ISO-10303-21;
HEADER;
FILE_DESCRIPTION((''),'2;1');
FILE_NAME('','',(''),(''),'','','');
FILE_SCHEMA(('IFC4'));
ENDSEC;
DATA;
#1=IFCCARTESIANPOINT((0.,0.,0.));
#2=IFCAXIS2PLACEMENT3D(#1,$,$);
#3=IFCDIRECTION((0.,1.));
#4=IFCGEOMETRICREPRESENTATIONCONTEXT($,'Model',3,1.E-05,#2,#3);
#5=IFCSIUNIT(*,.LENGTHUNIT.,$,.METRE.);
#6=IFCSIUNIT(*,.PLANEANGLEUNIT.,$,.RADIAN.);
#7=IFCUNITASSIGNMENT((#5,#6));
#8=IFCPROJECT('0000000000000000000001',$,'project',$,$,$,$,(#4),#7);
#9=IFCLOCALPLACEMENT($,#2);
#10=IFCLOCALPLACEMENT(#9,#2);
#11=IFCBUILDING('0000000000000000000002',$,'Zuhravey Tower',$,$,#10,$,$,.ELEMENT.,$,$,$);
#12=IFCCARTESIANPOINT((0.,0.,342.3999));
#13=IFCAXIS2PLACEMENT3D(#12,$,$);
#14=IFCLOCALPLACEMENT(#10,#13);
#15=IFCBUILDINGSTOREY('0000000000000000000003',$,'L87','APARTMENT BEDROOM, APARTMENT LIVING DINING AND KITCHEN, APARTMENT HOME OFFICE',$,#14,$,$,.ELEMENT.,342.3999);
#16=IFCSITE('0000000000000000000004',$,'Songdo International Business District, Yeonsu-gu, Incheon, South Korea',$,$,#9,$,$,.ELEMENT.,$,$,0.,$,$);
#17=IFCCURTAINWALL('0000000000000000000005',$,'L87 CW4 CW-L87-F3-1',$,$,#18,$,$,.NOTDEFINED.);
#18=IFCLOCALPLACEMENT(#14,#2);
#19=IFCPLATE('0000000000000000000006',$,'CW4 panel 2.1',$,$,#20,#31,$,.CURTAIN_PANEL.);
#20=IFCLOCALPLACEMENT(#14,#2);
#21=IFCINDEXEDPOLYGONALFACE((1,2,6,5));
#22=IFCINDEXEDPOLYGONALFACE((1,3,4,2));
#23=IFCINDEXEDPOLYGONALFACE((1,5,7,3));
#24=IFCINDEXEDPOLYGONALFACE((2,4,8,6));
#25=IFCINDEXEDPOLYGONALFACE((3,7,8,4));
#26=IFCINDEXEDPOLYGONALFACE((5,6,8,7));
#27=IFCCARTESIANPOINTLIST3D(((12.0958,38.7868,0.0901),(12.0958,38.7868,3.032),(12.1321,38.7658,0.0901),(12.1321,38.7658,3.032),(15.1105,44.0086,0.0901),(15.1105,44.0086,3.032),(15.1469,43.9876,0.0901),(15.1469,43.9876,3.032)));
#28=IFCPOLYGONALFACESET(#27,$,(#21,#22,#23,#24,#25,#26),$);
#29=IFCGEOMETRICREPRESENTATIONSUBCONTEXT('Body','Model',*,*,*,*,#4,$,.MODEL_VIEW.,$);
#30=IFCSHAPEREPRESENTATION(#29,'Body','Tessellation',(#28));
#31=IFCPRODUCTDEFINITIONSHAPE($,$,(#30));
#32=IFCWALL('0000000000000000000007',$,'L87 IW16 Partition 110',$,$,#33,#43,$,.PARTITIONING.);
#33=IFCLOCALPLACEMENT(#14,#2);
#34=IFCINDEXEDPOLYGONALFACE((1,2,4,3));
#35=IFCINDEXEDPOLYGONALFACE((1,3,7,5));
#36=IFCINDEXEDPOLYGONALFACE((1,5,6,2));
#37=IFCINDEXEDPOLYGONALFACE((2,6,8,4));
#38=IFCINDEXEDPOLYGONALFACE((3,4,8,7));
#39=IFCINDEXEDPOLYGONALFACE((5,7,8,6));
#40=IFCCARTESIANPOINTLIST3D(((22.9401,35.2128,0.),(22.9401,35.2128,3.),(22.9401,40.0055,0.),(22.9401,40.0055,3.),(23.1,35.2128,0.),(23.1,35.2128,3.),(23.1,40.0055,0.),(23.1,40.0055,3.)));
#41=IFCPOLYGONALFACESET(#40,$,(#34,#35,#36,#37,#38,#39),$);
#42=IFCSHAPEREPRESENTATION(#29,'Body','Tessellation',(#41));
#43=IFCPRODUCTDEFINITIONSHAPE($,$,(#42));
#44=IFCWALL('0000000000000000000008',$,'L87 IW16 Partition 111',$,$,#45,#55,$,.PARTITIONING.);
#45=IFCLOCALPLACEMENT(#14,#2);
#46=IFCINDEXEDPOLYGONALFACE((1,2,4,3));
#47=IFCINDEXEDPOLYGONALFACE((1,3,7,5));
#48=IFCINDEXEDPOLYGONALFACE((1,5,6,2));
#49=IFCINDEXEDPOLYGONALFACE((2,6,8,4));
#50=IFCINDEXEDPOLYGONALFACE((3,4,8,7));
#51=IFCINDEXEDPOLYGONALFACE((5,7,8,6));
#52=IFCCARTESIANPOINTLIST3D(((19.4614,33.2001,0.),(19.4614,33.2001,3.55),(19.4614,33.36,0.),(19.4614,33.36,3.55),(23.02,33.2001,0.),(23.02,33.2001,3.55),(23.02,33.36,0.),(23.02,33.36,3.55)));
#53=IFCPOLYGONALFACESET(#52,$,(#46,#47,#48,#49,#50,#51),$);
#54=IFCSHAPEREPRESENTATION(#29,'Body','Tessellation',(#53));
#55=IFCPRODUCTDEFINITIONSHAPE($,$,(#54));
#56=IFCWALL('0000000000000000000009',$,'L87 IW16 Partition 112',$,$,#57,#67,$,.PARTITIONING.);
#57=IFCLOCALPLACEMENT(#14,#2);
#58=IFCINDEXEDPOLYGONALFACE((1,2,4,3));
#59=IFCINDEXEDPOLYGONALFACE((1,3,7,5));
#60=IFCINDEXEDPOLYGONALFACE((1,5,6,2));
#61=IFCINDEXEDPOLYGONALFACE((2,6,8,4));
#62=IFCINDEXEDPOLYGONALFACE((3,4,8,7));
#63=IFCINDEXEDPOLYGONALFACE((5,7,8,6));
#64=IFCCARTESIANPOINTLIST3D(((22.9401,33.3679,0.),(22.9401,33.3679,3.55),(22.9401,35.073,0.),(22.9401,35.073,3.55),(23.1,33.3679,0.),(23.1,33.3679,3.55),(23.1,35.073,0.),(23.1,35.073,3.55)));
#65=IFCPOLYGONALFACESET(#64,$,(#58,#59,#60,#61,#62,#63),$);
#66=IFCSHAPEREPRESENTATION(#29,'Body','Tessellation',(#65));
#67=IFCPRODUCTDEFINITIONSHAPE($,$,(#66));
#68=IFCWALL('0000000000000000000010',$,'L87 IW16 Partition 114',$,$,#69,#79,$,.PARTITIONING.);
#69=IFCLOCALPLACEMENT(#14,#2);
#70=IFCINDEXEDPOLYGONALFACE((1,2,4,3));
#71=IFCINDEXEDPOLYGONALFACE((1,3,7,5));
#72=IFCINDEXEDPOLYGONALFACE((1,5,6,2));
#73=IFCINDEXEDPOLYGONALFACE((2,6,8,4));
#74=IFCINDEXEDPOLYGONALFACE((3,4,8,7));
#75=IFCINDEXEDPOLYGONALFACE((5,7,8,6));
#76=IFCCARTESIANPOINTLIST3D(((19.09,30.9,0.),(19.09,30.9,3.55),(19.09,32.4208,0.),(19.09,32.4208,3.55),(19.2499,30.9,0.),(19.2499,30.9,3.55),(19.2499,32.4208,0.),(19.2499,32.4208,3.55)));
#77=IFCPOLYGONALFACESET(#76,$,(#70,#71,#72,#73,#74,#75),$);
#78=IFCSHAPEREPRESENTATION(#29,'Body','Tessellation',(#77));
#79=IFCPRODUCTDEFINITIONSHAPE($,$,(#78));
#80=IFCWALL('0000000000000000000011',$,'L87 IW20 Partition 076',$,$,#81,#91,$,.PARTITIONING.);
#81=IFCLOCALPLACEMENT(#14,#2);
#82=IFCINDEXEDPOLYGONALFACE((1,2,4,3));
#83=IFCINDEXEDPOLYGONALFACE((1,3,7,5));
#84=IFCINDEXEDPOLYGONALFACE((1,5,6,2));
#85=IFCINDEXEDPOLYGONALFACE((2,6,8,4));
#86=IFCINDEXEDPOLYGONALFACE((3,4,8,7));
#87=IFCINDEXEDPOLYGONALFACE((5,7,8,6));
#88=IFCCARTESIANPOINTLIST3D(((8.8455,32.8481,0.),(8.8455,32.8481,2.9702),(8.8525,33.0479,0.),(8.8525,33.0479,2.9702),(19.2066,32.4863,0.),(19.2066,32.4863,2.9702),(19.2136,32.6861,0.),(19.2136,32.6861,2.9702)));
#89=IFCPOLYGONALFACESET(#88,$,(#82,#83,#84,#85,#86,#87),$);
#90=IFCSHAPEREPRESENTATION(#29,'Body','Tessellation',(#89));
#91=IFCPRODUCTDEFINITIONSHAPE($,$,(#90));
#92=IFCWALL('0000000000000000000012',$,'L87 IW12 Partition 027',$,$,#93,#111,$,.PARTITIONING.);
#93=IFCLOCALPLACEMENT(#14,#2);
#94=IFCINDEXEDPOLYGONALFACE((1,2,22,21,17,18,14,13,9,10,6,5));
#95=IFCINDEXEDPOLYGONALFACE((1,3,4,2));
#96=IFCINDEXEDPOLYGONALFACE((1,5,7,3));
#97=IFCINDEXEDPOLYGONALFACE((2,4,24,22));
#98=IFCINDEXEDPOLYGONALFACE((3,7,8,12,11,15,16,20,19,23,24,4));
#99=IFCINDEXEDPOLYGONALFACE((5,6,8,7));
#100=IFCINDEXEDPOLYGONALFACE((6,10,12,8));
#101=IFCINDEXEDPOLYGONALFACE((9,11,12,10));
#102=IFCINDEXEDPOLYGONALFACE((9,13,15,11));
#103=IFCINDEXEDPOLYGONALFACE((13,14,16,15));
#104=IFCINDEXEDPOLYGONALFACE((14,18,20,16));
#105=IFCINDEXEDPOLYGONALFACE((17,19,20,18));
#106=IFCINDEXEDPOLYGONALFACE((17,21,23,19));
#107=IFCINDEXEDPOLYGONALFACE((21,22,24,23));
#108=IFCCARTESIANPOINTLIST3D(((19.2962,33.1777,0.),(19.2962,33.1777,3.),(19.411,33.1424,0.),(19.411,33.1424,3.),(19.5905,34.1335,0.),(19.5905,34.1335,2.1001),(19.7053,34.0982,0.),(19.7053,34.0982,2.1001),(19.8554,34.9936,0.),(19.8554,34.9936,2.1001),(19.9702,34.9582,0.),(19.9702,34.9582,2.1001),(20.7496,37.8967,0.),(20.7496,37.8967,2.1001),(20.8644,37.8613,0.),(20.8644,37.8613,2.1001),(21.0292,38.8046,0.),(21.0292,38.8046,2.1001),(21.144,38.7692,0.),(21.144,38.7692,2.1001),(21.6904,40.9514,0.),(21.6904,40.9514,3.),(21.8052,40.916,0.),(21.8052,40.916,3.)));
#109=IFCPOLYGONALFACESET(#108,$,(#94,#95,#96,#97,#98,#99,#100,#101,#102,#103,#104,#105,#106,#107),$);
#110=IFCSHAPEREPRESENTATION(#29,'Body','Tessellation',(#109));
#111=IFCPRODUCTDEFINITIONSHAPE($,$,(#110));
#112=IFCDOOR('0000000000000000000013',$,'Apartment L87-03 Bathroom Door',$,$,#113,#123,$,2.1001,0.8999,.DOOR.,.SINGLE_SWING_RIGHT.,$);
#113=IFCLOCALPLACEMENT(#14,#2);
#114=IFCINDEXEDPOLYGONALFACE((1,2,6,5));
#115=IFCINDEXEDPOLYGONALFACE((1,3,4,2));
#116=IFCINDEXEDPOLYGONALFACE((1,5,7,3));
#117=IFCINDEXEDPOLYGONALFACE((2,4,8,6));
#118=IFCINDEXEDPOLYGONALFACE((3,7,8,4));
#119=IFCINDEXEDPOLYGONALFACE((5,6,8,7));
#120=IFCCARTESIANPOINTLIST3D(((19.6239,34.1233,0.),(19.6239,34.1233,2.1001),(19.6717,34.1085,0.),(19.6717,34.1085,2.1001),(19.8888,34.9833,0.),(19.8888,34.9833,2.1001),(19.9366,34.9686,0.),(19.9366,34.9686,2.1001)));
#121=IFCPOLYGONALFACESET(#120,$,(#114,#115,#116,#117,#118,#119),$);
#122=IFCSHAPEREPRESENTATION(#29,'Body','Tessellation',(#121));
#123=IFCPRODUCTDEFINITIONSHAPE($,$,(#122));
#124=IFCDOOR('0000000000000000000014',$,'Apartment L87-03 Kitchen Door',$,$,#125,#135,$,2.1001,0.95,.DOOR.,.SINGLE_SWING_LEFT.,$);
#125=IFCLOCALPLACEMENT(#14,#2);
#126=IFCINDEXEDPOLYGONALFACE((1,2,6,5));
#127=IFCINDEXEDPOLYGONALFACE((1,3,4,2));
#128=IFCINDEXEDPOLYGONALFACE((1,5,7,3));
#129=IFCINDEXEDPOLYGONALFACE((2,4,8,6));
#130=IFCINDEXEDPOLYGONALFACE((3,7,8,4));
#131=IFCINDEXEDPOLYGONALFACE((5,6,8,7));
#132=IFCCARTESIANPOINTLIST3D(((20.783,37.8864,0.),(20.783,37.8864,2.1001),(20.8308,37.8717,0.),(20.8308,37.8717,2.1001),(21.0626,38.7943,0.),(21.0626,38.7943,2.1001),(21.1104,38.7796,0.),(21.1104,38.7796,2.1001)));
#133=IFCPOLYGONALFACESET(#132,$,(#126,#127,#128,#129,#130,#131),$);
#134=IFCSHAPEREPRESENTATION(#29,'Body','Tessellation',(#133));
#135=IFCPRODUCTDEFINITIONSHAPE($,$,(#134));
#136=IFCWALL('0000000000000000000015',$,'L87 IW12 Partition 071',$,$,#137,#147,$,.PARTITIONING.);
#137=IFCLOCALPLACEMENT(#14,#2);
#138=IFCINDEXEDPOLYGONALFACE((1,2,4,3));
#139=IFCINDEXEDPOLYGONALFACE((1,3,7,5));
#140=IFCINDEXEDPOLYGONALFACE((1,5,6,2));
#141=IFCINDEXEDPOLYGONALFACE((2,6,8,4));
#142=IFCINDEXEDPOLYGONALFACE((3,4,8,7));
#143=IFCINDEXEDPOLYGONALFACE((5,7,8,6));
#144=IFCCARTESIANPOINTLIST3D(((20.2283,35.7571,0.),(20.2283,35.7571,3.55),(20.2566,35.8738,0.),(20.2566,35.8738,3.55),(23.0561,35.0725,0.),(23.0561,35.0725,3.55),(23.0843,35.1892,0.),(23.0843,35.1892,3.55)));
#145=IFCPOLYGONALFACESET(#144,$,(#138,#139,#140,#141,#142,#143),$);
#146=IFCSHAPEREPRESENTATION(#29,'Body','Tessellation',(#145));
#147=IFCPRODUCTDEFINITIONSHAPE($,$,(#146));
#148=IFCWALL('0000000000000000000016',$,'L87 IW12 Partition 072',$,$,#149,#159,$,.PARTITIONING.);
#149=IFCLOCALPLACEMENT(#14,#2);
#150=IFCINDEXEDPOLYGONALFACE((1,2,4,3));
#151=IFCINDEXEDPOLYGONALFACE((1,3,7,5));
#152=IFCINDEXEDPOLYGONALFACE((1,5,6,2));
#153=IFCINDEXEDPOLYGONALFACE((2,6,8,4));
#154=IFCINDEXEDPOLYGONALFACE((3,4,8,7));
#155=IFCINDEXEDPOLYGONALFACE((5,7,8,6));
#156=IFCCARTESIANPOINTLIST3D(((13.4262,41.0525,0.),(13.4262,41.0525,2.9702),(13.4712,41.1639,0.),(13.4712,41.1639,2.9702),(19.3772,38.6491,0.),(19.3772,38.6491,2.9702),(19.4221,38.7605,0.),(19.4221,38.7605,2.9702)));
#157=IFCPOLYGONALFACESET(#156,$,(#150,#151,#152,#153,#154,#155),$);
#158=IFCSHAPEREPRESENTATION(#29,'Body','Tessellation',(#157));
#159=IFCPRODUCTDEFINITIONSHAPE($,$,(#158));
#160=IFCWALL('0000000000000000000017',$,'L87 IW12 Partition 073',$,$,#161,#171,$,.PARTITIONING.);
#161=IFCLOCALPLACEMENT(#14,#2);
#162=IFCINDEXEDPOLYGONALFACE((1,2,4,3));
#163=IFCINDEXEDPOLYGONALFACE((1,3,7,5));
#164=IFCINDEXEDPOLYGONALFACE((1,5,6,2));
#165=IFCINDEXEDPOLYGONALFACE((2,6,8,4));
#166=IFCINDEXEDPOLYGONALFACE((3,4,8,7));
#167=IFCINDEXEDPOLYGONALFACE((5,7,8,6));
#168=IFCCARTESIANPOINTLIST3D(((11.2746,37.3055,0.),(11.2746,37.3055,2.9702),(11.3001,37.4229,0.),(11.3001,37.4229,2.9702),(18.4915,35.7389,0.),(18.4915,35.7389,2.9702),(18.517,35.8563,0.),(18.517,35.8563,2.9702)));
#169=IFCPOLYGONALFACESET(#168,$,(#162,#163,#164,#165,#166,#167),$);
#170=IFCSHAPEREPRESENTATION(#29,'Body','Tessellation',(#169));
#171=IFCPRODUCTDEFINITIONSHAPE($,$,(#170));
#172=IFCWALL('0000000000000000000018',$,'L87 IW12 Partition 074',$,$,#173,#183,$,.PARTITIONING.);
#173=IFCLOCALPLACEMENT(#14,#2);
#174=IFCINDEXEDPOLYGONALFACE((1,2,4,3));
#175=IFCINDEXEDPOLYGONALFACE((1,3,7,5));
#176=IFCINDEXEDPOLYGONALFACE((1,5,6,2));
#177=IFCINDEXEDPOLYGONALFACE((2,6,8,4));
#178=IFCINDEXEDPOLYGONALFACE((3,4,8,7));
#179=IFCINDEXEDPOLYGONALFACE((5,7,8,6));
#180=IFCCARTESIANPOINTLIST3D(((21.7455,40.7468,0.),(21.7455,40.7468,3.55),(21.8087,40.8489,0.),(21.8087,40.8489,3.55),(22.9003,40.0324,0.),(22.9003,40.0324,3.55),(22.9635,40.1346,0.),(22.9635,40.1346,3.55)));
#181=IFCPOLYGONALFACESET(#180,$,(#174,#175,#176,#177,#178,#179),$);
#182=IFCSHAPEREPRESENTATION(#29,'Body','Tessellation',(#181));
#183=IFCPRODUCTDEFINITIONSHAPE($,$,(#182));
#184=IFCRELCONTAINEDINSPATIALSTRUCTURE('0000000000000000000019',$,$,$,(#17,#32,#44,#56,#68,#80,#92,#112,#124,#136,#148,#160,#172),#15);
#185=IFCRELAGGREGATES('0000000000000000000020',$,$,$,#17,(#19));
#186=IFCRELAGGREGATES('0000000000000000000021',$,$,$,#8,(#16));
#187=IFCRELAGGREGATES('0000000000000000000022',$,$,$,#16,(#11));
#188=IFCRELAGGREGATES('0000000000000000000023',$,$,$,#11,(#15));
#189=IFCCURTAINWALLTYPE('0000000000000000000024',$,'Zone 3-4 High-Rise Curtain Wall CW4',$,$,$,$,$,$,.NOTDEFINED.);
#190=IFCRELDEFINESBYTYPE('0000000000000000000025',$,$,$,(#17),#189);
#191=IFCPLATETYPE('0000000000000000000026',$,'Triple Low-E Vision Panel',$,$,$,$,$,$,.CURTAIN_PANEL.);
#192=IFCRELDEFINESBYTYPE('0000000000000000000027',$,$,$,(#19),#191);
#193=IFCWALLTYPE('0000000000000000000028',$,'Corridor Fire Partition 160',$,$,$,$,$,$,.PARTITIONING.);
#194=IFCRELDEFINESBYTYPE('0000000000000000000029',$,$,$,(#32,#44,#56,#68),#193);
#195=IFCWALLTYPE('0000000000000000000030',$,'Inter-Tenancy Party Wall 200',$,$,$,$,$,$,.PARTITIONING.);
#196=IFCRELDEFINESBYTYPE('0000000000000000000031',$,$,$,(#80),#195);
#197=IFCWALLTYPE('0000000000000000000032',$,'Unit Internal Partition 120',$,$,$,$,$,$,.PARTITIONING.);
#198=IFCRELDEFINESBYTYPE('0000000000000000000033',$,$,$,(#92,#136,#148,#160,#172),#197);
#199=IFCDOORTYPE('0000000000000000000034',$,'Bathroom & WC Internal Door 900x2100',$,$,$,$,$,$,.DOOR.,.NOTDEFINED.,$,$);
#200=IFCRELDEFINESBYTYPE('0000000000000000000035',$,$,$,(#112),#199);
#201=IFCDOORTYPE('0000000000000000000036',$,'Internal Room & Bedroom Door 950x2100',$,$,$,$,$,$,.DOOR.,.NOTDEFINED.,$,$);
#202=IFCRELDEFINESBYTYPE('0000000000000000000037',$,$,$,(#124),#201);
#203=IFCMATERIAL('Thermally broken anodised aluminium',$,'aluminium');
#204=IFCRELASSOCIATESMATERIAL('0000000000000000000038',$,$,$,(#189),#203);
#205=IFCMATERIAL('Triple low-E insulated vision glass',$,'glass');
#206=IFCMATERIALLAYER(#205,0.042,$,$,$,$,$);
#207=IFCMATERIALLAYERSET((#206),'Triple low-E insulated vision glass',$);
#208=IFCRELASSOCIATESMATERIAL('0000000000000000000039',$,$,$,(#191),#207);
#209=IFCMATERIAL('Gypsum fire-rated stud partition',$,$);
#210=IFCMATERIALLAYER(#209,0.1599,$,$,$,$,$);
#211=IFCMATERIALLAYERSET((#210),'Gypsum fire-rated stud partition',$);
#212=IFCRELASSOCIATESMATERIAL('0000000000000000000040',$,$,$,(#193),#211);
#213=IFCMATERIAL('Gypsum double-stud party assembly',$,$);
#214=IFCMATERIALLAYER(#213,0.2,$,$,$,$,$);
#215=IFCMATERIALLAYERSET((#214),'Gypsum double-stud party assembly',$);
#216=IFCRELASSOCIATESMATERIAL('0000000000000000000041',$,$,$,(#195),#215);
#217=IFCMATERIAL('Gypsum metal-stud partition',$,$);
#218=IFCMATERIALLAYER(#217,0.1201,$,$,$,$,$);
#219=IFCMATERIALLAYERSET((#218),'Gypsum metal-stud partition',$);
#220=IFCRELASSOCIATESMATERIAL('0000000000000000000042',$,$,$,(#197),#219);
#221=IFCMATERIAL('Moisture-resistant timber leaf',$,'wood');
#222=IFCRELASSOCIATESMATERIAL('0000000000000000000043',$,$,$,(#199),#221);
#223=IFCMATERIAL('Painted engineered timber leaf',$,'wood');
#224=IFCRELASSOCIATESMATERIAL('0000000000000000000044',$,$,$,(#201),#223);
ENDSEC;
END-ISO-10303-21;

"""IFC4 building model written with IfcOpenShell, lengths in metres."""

from ifc_helpers import new_model, si_unit, direction, frame, frame_2d, origin, origin_2d, place, context, subcontext, project, spatial, rectangle, extrude, material, layer, layer_set, type_object, element, fill, aggregate, save


model = new_model("IFC4")

# Units and contexts
model_context = context("Model", 3, precision=1e-05, world=origin(), true_north=direction((0.0, 1.0)))
body_context = subcontext(model_context, "Body", "Model", "MODEL_VIEW")
ifc_project = project(units=[si_unit("LENGTHUNIT", "METRE"), si_unit("PLANEANGLEUNIT", "RADIAN")], contexts=[model_context])

# Site, building, storey
site_placement = place(None, origin())
site = spatial("IfcSite", under=ifc_project, at=site_placement, Name="Songdo International Business District, Yeonsu-gu, Incheon, South Korea", CompositionType="ELEMENT", RefElevation=0.0)
building_placement = place(site_placement, origin())
building = spatial("IfcBuilding", under=site, at=building_placement, Name="Zuhravey Tower", CompositionType="ELEMENT")
storey_placement = place(building_placement, frame((0.0, 0.0, 342.3999)))
storey = spatial("IfcBuildingStorey", under=building, at=storey_placement, Name="L87", Description="APARTMENT BEDROOM, APARTMENT LIVING DINING AND KITCHEN, APARTMENT HOME OFFICE", CompositionType="ELEMENT", Elevation=342.3999)

# Curtain wall
ifc_material_1 = material(Name="Thermally broken anodised aluminium", Category="aluminium")
curtain_wall_type = type_object("IfcCurtainWallType", Name="Zone 3-4 High-Rise Curtain Wall CW4", PredefinedType="NOTDEFINED", material=ifc_material_1)
curtain_wall_placement = place(storey_placement, origin())
curtain_wall = element("IfcCurtainWall", 1, at=curtain_wall_placement, inside=storey, type_object=curtain_wall_type, Name="L87 CW4 CW-L87-F3-1", PredefinedType="NOTDEFINED")

# Plate
ifc_material_2 = material(Name="Triple low-E insulated vision glass", Category="glass")
ifc_layer_1 = layer(ifc_material_2, 0.042)
ifc_layer_set_1 = layer_set([ifc_layer_1], Name="Triple low-E insulated vision glass")
plate_type = type_object("IfcPlateType", Name="Triple Low-E Vision Panel", PredefinedType="CURTAIN_PANEL", material=ifc_layer_set_1)
plate_1_placement = place(storey_placement, frame((13.6213, 41.3872, 0.0901), z_axis=(0.0, 0.0, 1.0), x_axis=(0.5, 0.866026, 0.0)))
plate_1 = element("IfcPlate", 2, at=plate_1_placement, type_object=plate_type, Name="CW4 panel 2.1", PredefinedType="CURTAIN_PANEL", context=body_context, shape_type="SweptSolid", body=[
    extrude(rectangle(XDim=6.0295, YDim=0.042, at=origin_2d()), origin(), (0.0, 0.0, 1.0), 2.9419),
])
aggregate(curtain_wall, [plate_1])

# Walls
ifc_material_3 = material(Name="Gypsum fire-rated stud partition")
ifc_layer_2 = layer(ifc_material_3, 0.1599)
ifc_layer_set_2 = layer_set([ifc_layer_2], Name="Gypsum fire-rated stud partition")
wall_type_1 = type_object("IfcWallType", Name="Corridor Fire Partition 160", PredefinedType="PARTITIONING", material=ifc_layer_set_2)
wall_1_placement = place(storey_placement, frame((23.02, 40.0056, 0.0), z_axis=(0.0, 0.0, 1.0), x_axis=(0.0, -1.0, 0.0)))
element("IfcWall", 3, at=wall_1_placement, inside=storey, type_object=wall_type_1, Name="L87 IW16 Partition 110", PredefinedType="PARTITIONING", context=body_context, shape_type="SweptSolid", body=[
    extrude(rectangle(XDim=4.7927, YDim=0.1599, at=frame_2d((2.3965, 0.0))), origin(), (0.0, 0.0, 1.0), 3.0),
])
wall_2_placement = place(storey_placement, frame((23.02, 33.28, 0.0), z_axis=(0.0, 0.0, 1.0), x_axis=(-1.0, 0.0, 0.0)))
element("IfcWall", 4, at=wall_2_placement, inside=storey, type_object=wall_type_1, Name="L87 IW16 Partition 111", PredefinedType="PARTITIONING", context=body_context, shape_type="SweptSolid", body=[
    extrude(rectangle(XDim=3.5586, YDim=0.1599, at=frame_2d((1.7793, 0.0))), origin(), (0.0, 0.0, 1.0), 3.55),
])
wall_3_placement = place(storey_placement, frame((23.02, 35.073, 0.0), z_axis=(0.0, 0.0, 1.0), x_axis=(0.0, -1.0, 0.0)))
element("IfcWall", 5, at=wall_3_placement, inside=storey, type_object=wall_type_1, Name="L87 IW16 Partition 112", PredefinedType="PARTITIONING", context=body_context, shape_type="SweptSolid", body=[
    extrude(rectangle(XDim=1.7051, YDim=0.1599, at=frame_2d((0.8525, 0.0))), origin(), (0.0, 0.0, 1.0), 3.55),
])
wall_4_placement = place(storey_placement, frame((19.1699, 32.4207, 0.0), z_axis=(0.0, 0.0, 1.0), x_axis=(0.0, -1.0, 0.0)))
element("IfcWall", 6, at=wall_4_placement, inside=storey, type_object=wall_type_1, Name="L87 IW16 Partition 114", PredefinedType="PARTITIONING", context=body_context, shape_type="SweptSolid", body=[
    extrude(rectangle(XDim=1.5208, YDim=0.1599, at=frame_2d((0.7603, 0.0))), origin(), (0.0, 0.0, 1.0), 3.55),
])
ifc_material_4 = material(Name="Gypsum double-stud party assembly")
ifc_layer_3 = layer(ifc_material_4, 0.2)
ifc_layer_set_3 = layer_set([ifc_layer_3], Name="Gypsum double-stud party assembly")
wall_type_2 = type_object("IfcWallType", Name="Inter-Tenancy Party Wall 200", PredefinedType="PARTITIONING", material=ifc_layer_set_3)
wall_5_placement = place(storey_placement, frame((19.21, 32.5862, 0.0), z_axis=(0.0, 0.0, 1.0), x_axis=(-0.999391, 0.034899, 0.0)))
element("IfcWall", 7, at=wall_5_placement, inside=storey, type_object=wall_type_2, Name="L87 IW20 Partition 076", PredefinedType="PARTITIONING", context=body_context, shape_type="SweptSolid", body=[
    extrude(rectangle(XDim=10.3674, YDim=0.2, at=frame_2d((5.1836, 0.0))), origin(), (0.0, 0.0, 1.0), 2.9702),
])

# Wall, openings, doors
ifc_material_5 = material(Name="Gypsum metal-stud partition")
ifc_layer_4 = layer(ifc_material_5, 0.1201)
ifc_layer_set_4 = layer_set([ifc_layer_4], Name="Gypsum metal-stud partition")
wall_type_3 = type_object("IfcWallType", Name="Unit Internal Partition 120", PredefinedType="PARTITIONING", material=ifc_layer_set_4)
wall_6_placement = place(storey_placement, frame((21.7478, 40.9336, 0.0), z_axis=(0.0, 0.0, 1.0), x_axis=(-0.294354, -0.955697, 0.0)))
wall_6 = element("IfcWall", 8, at=wall_6_placement, inside=storey, type_object=wall_type_3, Name="L87 IW12 Partition 027", PredefinedType="PARTITIONING", context=body_context, shape_type="SweptSolid", body=[
    extrude(rectangle(XDim=8.134, YDim=0.1201, at=frame_2d((4.0669, 0.0))), origin(), (0.0, 0.0, 1.0), 3.0),
])
opening_1_placement = place(wall_6_placement, frame((2.2461, 0.0, 0.0)))
opening_1 = element("IfcOpeningElement", 9, at=opening_1_placement, cuts=wall_6, PredefinedType="OPENING", context=body_context, shape_type="SweptSolid", body=[
    extrude(rectangle(XDim=0.95, YDim=2.1001, at=frame_2d((0.4751, 1.05))), frame((0.0, 0.072, 0.0), z_axis=(0.0, -1.0, 0.0), x_axis=(1.0, 0.0, 0.0)), (0.0, 0.0, 1.0), 0.144),
])
opening_2_placement = place(wall_6_placement, frame((6.2339, 0.0, 0.0)))
opening_2 = element("IfcOpeningElement", 10, at=opening_2_placement, cuts=wall_6, PredefinedType="OPENING", context=body_context, shape_type="SweptSolid", body=[
    extrude(rectangle(XDim=0.8999, YDim=2.1001, at=frame_2d((0.45, 1.05))), frame((0.0, 0.072, 0.0), z_axis=(0.0, -1.0, 0.0), x_axis=(1.0, 0.0, 0.0)), (0.0, 0.0, 1.0), 0.144),
])
ifc_material_6 = material(Name="Moisture-resistant timber leaf", Category="wood")
door_type_1 = type_object("IfcDoorType", Name="Bathroom & WC Internal Door 900x2100", OperationType="NOTDEFINED", PredefinedType="DOOR", material=ifc_material_6)
door_1_placement = place(opening_2_placement, origin())
door_1 = element("IfcDoor", 11, at=door_1_placement, inside=storey, type_object=door_type_1, Name="Apartment L87-03 Bathroom Door", OperationType="SINGLE_SWING_RIGHT", OverallHeight=2.1001, OverallWidth=0.8999, PredefinedType="DOOR", context=body_context, shape_type="SweptSolid", body=[
    extrude(rectangle(XDim=0.8999, YDim=2.1001, at=frame_2d((0.45, 1.05))), frame((0.0, 0.0249, 0.0), z_axis=(0.0, -1.0, 0.0), x_axis=(1.0, 0.0, 0.0)), (0.0, 0.0, 1.0), 0.05),
])
fill(opening_2, door_1)
ifc_material_7 = material(Name="Painted engineered timber leaf", Category="wood")
door_type_2 = type_object("IfcDoorType", Name="Internal Room & Bedroom Door 950x2100", OperationType="NOTDEFINED", PredefinedType="DOOR", material=ifc_material_7)
door_2_placement = place(opening_1_placement, origin())
door_2 = element("IfcDoor", 12, at=door_2_placement, inside=storey, type_object=door_type_2, Name="Apartment L87-03 Kitchen Door", OperationType="SINGLE_SWING_LEFT", OverallHeight=2.1001, OverallWidth=0.95, PredefinedType="DOOR", context=body_context, shape_type="SweptSolid", body=[
    extrude(rectangle(XDim=0.95, YDim=2.1001, at=frame_2d((0.4751, 1.05))), frame((0.0, 0.0249, 0.0), z_axis=(0.0, -1.0, 0.0), x_axis=(1.0, 0.0, 0.0)), (0.0, 0.0, 1.0), 0.05),
])
fill(opening_1, door_2)

# Walls
wall_7_placement = place(storey_placement, frame((23.0701, 35.1309, 0.0), z_axis=(0.0, 0.0, 1.0), x_axis=(-0.971922, 0.235302, 0.0)))
element("IfcWall", 13, at=wall_7_placement, inside=storey, type_object=wall_type_3, Name="L87 IW12 Partition 071", PredefinedType="PARTITIONING", context=body_context, shape_type="SweptSolid", body=[
    extrude(rectangle(XDim=2.9094, YDim=0.1201, at=frame_2d((1.4546, 0.0))), origin(), (0.0, 0.0, 1.0), 3.55),
])
wall_8_placement = place(storey_placement, frame((19.3997, 38.7048, 0.0), z_axis=(0.0, 0.0, 1.0), x_axis=(-0.927239, 0.374471, 0.0)))
element("IfcWall", 14, at=wall_8_placement, inside=storey, type_object=wall_type_3, Name="L87 IW12 Partition 072", PredefinedType="PARTITIONING", context=body_context, shape_type="SweptSolid", body=[
    extrude(rectangle(XDim=6.418, YDim=0.1201, at=frame_2d((3.209, 0.0))), origin(), (0.0, 0.0, 1.0), 2.9702),
])
wall_9_placement = place(storey_placement, frame((18.5042, 35.7976, 0.0), z_axis=(0.0, 0.0, 1.0), x_axis=(-0.97724, 0.212136, 0.0)))
element("IfcWall", 15, at=wall_9_placement, inside=storey, type_object=wall_type_3, Name="L87 IW12 Partition 073", PredefinedType="PARTITIONING", context=body_context, shape_type="SweptSolid", body=[
    extrude(rectangle(XDim=7.385, YDim=0.1201, at=frame_2d((3.6924, 0.0))), origin(), (0.0, 0.0, 1.0), 2.9702),
])
wall_10_placement = place(storey_placement, frame((22.9319, 40.0835, 0.0), z_axis=(0.0, 0.0, 1.0), x_axis=(-0.850434, 0.526082, 0.0)))
element("IfcWall", 16, at=wall_10_placement, inside=storey, type_object=wall_type_3, Name="L87 IW12 Partition 074", PredefinedType="PARTITIONING", context=body_context, shape_type="SweptSolid", body=[
    extrude(rectangle(XDim=1.3579, YDim=0.1201, at=frame_2d((0.679, 0.0))), origin(), (0.0, 0.0, 1.0), 3.55),
])

save(model, "model.ifc")
